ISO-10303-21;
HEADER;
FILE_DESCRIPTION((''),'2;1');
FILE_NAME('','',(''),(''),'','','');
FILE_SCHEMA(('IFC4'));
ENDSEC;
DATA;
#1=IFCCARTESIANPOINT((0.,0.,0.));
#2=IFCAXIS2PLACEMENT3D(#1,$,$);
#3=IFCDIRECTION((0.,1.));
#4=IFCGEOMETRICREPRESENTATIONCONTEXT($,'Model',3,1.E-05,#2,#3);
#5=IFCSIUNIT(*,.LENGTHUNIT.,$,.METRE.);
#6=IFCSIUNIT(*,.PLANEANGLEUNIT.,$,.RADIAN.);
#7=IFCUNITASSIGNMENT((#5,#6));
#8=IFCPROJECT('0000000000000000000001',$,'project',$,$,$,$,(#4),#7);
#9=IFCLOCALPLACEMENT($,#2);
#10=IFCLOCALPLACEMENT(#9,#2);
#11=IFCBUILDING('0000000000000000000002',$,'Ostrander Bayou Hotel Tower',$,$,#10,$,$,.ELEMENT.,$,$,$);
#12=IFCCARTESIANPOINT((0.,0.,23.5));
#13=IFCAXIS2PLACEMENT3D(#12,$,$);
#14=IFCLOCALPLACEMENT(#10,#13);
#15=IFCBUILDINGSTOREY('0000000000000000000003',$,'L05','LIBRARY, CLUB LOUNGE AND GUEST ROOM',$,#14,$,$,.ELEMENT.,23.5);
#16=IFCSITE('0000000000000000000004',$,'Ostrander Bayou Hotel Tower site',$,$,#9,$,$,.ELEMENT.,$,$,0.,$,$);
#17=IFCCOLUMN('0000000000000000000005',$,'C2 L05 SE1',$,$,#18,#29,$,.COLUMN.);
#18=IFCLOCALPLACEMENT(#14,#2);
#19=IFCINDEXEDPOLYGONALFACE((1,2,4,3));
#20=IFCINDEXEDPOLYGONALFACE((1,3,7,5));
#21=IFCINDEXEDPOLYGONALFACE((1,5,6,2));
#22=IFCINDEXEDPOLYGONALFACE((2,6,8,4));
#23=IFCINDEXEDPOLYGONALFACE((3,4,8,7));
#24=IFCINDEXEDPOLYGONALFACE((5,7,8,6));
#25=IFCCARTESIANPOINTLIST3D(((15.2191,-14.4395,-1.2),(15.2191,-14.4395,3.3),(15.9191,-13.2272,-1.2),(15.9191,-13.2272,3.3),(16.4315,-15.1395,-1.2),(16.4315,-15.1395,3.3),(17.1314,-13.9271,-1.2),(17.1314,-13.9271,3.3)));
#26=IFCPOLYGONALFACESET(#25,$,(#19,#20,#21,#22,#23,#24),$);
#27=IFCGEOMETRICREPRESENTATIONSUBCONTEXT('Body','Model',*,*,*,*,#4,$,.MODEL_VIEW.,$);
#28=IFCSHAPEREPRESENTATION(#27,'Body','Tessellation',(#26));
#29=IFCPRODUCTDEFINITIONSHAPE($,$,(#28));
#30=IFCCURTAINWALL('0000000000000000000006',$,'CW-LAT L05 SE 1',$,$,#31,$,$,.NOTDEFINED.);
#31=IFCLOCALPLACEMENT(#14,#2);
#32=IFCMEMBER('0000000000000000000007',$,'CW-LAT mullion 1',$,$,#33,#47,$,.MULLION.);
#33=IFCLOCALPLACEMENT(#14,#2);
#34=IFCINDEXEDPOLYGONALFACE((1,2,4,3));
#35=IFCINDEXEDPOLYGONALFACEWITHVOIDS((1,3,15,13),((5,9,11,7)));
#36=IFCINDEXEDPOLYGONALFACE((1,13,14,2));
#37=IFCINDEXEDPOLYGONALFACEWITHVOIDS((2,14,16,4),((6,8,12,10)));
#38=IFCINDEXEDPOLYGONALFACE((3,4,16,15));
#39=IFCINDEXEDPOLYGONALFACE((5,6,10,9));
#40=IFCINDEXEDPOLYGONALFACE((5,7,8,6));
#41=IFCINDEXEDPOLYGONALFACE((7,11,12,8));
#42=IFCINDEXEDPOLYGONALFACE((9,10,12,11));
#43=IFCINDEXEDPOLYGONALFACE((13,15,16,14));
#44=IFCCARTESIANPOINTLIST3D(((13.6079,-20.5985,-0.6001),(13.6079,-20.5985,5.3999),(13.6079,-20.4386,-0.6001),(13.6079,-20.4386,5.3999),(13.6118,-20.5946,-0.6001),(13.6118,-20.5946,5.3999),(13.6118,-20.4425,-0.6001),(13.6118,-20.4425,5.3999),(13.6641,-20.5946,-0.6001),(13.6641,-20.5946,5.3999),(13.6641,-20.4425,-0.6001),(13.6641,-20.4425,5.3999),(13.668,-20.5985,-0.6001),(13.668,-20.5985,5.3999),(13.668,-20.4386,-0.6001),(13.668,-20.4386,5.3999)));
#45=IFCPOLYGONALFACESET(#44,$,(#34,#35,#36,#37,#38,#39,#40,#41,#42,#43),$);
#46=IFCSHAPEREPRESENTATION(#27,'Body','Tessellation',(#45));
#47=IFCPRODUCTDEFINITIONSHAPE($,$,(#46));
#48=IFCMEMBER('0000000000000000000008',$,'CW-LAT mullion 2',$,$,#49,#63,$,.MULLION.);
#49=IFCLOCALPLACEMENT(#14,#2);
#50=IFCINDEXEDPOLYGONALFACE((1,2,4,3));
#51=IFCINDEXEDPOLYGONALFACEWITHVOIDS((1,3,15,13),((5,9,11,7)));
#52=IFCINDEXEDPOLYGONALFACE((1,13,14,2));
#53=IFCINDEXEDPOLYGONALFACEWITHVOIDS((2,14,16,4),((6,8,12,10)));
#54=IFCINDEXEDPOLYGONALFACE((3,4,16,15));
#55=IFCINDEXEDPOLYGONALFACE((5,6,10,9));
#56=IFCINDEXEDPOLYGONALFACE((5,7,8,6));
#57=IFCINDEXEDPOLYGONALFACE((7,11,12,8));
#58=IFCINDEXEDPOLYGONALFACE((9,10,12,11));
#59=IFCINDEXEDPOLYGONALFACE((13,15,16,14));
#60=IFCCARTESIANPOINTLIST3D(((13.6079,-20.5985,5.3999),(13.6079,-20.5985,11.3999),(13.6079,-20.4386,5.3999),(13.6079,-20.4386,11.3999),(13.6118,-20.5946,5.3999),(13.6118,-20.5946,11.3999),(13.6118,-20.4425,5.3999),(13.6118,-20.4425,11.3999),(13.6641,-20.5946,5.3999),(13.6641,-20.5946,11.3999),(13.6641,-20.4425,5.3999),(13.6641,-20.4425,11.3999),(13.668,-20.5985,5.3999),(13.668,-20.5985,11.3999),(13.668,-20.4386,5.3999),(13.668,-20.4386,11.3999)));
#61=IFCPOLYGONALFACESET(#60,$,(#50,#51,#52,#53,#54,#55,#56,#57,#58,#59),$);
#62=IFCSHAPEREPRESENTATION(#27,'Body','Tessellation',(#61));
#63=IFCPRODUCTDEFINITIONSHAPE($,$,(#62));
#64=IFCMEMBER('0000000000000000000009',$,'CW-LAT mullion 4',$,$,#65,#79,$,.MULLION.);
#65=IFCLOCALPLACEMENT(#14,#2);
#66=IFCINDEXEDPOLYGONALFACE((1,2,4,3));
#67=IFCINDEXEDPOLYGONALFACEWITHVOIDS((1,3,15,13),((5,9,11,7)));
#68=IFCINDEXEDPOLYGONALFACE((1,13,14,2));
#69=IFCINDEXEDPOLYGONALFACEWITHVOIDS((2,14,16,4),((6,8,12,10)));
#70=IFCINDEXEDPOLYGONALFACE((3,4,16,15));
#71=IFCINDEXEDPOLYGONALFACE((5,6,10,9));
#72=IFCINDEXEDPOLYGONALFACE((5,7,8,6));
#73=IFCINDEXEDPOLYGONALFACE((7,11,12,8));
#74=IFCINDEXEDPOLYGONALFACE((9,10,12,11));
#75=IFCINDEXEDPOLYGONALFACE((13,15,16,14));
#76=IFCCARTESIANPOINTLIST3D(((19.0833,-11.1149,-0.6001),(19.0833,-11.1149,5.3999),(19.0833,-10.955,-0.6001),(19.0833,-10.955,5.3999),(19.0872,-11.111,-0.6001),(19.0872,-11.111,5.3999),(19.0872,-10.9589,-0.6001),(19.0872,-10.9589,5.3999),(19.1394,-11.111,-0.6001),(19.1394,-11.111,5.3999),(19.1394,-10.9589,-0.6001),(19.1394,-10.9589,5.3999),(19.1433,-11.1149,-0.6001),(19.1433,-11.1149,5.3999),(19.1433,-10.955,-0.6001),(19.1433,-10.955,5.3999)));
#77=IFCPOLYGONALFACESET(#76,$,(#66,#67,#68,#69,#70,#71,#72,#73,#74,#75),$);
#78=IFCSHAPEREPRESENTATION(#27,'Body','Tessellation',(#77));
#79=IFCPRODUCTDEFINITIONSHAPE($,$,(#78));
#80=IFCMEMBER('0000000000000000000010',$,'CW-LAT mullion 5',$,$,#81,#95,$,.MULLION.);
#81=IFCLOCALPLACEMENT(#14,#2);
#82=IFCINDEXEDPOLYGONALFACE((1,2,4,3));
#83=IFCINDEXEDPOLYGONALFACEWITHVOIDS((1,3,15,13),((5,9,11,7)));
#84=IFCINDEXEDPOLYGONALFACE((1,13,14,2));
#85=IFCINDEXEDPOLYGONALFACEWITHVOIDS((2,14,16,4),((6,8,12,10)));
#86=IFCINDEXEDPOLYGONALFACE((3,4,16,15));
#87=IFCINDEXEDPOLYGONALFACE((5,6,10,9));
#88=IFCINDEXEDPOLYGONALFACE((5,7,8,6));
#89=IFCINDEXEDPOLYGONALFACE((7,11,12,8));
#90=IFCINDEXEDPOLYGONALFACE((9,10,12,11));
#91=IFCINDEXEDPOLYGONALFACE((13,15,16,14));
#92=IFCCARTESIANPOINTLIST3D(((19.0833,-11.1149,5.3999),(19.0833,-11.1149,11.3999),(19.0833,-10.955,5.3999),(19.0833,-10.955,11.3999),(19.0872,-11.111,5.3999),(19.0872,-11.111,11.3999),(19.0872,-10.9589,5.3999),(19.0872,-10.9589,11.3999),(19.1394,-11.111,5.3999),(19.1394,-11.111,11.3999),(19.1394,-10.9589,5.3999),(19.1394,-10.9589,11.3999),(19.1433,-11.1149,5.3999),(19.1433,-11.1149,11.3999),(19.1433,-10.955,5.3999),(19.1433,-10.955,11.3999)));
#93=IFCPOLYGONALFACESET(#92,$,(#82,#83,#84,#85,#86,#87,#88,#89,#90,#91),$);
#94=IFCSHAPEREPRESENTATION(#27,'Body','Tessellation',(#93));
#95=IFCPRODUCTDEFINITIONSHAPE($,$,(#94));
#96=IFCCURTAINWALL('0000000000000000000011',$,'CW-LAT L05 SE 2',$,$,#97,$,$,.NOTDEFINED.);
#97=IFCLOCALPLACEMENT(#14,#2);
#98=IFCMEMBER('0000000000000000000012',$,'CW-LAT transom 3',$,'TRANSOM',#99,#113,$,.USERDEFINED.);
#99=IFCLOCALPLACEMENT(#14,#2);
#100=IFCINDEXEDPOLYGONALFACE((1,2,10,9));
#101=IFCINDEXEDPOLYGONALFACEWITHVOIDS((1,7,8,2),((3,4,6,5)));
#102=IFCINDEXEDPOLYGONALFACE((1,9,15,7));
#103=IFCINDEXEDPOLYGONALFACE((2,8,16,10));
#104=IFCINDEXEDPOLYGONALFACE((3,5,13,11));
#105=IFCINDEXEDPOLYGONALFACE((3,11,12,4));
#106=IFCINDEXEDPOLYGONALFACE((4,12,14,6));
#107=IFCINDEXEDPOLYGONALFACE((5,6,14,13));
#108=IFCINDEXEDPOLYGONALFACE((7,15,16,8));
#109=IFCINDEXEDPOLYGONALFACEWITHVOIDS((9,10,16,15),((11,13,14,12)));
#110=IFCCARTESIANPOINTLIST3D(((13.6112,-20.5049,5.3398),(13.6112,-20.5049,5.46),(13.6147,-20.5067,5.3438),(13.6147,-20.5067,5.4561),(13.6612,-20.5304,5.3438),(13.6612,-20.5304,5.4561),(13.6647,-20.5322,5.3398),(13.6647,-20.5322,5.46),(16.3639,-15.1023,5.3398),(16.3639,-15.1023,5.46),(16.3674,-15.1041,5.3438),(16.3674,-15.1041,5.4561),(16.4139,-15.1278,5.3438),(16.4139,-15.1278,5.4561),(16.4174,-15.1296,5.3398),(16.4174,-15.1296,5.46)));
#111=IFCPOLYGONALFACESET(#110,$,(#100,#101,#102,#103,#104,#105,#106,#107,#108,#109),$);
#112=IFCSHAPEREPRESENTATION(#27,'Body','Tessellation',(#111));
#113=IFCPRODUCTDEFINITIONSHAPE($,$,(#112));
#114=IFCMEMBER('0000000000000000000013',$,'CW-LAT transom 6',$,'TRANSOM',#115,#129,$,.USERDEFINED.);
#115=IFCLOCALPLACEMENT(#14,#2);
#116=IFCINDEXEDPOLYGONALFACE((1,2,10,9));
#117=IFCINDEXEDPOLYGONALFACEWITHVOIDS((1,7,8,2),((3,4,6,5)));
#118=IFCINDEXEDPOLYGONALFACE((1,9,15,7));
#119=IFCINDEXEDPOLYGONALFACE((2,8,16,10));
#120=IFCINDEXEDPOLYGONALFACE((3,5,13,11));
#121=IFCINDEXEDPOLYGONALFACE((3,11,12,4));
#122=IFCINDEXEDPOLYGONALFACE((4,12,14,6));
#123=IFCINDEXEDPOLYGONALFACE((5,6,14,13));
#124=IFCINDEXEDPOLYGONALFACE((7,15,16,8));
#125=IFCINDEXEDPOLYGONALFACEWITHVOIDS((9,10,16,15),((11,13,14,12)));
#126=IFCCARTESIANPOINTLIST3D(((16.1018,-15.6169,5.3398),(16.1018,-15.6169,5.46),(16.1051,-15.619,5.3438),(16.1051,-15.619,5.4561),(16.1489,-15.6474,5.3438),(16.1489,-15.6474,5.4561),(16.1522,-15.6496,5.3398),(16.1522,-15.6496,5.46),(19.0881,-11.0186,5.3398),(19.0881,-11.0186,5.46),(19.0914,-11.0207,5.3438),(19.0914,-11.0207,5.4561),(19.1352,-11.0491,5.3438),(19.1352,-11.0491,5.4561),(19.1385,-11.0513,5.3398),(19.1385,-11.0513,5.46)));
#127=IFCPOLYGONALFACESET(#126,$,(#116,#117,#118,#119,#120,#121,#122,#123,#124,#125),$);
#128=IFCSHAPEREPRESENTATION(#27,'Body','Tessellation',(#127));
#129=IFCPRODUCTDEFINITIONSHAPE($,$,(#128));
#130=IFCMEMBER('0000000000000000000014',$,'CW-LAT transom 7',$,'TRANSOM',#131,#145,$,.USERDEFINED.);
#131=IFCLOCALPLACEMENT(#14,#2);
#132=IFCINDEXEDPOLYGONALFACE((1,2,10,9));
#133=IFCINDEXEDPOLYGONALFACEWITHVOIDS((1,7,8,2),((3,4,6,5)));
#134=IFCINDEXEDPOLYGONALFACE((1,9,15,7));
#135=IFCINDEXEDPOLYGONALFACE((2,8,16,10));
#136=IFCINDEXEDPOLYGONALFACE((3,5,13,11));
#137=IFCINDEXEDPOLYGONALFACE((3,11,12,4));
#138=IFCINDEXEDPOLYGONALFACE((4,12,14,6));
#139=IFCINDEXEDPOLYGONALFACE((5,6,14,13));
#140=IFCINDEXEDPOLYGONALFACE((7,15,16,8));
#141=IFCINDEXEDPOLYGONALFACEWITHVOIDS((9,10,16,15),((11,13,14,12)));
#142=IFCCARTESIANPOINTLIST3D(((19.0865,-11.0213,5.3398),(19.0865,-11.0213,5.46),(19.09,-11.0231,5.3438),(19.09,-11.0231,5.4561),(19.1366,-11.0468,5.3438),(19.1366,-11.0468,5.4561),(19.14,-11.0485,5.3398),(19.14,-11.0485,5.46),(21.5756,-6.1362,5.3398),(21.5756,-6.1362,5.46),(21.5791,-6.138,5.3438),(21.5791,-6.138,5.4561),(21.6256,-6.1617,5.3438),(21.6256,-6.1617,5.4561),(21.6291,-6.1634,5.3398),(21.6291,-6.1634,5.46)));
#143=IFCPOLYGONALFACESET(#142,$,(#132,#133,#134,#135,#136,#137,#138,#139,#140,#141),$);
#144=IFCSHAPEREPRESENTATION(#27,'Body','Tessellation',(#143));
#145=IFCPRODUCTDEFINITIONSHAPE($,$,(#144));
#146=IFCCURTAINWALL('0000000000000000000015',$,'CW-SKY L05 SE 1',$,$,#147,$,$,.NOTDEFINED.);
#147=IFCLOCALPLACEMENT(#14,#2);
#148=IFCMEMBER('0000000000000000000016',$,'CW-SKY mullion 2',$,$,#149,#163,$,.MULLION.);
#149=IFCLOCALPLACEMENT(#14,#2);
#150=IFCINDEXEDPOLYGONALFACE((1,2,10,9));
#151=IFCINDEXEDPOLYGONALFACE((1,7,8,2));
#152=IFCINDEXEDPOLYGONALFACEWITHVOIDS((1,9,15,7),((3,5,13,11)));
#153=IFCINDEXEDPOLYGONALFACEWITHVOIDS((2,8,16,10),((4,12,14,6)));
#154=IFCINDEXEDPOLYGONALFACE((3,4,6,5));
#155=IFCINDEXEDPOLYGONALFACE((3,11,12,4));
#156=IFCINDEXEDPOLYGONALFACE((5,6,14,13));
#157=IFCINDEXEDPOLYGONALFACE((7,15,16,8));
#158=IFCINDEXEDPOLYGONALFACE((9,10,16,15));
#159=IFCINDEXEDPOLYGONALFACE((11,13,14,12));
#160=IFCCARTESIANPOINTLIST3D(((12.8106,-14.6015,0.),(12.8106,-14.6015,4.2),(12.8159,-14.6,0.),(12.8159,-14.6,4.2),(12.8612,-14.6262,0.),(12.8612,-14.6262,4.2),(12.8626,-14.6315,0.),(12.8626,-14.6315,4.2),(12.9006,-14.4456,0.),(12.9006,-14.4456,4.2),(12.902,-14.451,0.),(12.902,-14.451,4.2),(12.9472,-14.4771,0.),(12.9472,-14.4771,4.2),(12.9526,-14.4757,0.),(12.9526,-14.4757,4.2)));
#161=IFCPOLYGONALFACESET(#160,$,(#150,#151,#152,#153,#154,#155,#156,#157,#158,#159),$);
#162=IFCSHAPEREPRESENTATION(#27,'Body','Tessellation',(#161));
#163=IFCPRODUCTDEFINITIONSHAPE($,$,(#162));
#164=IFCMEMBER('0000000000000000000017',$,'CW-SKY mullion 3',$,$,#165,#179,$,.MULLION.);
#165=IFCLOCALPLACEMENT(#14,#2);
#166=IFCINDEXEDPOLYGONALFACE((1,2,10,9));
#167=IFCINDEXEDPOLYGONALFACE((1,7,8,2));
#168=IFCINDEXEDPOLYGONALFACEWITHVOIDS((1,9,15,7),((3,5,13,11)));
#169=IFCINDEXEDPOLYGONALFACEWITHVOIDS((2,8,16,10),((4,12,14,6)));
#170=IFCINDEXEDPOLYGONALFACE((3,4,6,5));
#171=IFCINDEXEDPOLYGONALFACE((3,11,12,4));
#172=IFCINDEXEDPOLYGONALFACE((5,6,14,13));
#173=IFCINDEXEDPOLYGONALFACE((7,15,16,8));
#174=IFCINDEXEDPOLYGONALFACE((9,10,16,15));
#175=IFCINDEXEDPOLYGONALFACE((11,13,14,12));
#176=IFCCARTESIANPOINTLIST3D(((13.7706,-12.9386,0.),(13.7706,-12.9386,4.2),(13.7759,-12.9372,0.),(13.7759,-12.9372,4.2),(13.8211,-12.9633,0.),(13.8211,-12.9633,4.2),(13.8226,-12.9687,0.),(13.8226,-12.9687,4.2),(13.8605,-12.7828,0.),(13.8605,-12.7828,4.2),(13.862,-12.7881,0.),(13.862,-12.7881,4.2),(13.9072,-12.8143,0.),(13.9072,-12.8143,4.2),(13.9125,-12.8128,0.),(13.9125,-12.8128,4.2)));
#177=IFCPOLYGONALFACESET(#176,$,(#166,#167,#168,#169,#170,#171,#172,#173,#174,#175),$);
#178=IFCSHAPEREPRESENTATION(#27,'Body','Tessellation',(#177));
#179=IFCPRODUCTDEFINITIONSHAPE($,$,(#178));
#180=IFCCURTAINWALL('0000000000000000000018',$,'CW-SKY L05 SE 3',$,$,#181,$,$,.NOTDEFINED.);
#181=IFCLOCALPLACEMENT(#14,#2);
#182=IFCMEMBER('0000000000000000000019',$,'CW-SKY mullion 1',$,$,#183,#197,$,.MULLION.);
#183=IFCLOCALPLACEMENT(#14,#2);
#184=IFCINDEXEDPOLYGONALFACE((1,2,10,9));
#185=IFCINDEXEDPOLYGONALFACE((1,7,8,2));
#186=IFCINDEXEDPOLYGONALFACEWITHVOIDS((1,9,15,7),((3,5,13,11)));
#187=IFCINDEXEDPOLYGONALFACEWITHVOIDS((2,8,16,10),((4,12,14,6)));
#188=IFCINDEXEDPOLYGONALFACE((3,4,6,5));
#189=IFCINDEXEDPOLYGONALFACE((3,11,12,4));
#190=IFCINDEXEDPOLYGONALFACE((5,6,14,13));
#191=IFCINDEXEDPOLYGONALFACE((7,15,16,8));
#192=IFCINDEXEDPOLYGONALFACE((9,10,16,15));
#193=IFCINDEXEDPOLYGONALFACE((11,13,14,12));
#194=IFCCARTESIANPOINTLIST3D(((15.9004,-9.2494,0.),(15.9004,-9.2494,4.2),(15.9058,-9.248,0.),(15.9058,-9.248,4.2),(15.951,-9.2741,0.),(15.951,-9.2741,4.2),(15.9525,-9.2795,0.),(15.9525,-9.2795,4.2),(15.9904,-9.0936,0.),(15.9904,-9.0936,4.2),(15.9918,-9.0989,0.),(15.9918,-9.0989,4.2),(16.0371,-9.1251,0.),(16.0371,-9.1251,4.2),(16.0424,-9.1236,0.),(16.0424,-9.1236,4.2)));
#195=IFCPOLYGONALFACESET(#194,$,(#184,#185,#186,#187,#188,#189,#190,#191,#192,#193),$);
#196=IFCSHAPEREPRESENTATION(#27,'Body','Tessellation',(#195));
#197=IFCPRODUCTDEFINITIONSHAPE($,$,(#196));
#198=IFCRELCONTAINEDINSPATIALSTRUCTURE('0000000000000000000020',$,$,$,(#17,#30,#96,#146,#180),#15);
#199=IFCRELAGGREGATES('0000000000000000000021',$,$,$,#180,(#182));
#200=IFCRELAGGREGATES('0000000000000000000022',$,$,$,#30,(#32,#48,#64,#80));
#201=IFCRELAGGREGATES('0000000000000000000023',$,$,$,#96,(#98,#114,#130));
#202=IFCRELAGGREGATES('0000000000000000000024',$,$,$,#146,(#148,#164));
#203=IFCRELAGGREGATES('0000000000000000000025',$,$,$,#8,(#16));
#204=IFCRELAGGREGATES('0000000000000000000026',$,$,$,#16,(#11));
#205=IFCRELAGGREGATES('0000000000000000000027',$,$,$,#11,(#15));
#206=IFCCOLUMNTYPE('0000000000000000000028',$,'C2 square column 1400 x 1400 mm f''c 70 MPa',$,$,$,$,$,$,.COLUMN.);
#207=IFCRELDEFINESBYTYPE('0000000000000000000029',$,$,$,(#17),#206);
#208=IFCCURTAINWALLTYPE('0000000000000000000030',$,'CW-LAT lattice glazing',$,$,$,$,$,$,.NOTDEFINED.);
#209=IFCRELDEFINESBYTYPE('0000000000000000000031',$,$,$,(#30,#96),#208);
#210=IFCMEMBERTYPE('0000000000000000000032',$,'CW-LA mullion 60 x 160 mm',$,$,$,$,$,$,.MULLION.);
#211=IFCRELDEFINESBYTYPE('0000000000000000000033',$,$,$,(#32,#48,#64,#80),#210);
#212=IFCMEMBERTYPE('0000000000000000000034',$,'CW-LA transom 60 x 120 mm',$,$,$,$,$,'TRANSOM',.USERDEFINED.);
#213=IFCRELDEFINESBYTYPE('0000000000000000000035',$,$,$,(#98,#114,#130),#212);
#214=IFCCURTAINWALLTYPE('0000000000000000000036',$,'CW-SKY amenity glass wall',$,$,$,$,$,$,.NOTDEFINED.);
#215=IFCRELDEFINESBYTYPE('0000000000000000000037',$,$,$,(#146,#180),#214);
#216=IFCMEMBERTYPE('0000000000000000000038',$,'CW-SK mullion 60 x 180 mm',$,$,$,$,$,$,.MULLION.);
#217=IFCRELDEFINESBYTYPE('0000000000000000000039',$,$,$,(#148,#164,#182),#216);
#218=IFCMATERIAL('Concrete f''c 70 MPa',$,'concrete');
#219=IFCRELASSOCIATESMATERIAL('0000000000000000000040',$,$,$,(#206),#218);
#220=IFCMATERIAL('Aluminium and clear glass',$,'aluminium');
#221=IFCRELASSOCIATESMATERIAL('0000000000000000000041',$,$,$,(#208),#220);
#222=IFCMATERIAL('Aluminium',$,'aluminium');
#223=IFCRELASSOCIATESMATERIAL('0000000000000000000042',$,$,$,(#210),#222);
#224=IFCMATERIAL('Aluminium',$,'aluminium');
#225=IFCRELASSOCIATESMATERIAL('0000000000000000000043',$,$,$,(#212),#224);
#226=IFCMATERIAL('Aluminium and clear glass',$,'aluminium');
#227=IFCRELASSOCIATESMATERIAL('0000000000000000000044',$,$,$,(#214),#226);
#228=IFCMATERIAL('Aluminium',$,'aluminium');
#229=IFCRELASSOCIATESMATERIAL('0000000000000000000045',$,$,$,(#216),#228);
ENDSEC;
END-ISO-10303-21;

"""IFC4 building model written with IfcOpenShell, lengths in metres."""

from ifc_helpers import new_model, si_unit, direction, frame, origin, origin_2d, place, context, subcontext, project, spatial, rectangle, hollow_rectangle, extrude, material, material_profile, profile_set, type_object, element, aggregate, save


model = new_model("IFC4")

# Units and contexts
model_context = context("Model", 3, precision=1e-05, world=origin(), true_north=direction((0.0, 1.0)))
body_context = subcontext(model_context, "Body", "Model", "MODEL_VIEW")
ifc_project = project(units=[si_unit("LENGTHUNIT", "METRE"), si_unit("PLANEANGLEUNIT", "RADIAN")], contexts=[model_context])

# Site, building, storey
site_placement = place(None, origin())
site = spatial("IfcSite", under=ifc_project, at=site_placement, Name="Ostrander Bayou Hotel Tower site", CompositionType="ELEMENT", RefElevation=0.0)
building_placement = place(site_placement, origin())
building = spatial("IfcBuilding", under=site, at=building_placement, Name="Ostrander Bayou Hotel Tower", CompositionType="ELEMENT")
storey_placement = place(building_placement, frame((0.0, 0.0, 23.5)))
storey = spatial("IfcBuildingStorey", under=building, at=storey_placement, Name="L05", Description="LIBRARY, CLUB LOUNGE AND GUEST ROOM", CompositionType="ELEMENT", Elevation=23.5)

# Column
ifc_material_1 = material(Name="Concrete f'c 70 MPa", Category="concrete")
ifc_material_profile_1 = material_profile(ifc_material_1, rectangle(XDim=1.3999, YDim=1.3999, at=origin_2d()))
ifc_profile_set_1 = profile_set([ifc_material_profile_1], Name="Concrete f'c 70 MPa")
column_type = type_object("IfcColumnType", Name="C2 square column 1400 x 1400 mm f'c 70 MPa", PredefinedType="COLUMN", material=ifc_profile_set_1)
column_placement = place(storey_placement, frame((16.1753, -14.1833, -1.2), z_axis=(0.0, 0.0, 1.0), x_axis=(-0.5, -0.866025, 0.0)))
element("IfcColumn", 1, at=column_placement, inside=storey, type_object=column_type, Name="C2 L05 SE1", PredefinedType="COLUMN", context=body_context, shape_type="SweptSolid", body=[
    extrude(rectangle(XDim=1.3999, YDim=1.3999, at=origin_2d()), origin(), (0.0, 0.0, 1.0), 4.5),
])

# Curtain walls, members
ifc_material_2 = material(Name="Aluminium and clear glass", Category="aluminium")
curtain_wall_type_1 = type_object("IfcCurtainWallType", Name="CW-LAT lattice glazing", PredefinedType="NOTDEFINED", material=ifc_material_2)
curtain_wall_1_placement = place(storey_placement, origin())
curtain_wall_1 = element("IfcCurtainWall", 2, at=curtain_wall_1_placement, inside=storey, type_object=curtain_wall_type_1, Name="CW-LAT L05 SE 1", PredefinedType="NOTDEFINED")
ifc_material_3 = material(Name="Aluminium", Category="aluminium")
ifc_material_profile_2 = material_profile(ifc_material_3, hollow_rectangle(XDim=0.0601, YDim=0.1599, WallThickness=0.0039, at=origin_2d()))
ifc_profile_set_2 = profile_set([ifc_material_profile_2], Name="Aluminium")
member_type_1 = type_object("IfcMemberType", Name="CW-LA mullion 60 x 160 mm", PredefinedType="MULLION", material=ifc_profile_set_2)
member_1_placement = place(storey_placement, frame((13.6379, -20.5186, -0.6001), z_axis=(0.0, 0.0, 1.0), x_axis=(1.0, 0.0, 0.0)))
member_1 = element("IfcMember", 3, at=member_1_placement, type_object=member_type_1, Name="CW-LAT mullion 1", PredefinedType="MULLION", context=body_context, shape_type="SweptSolid", body=[
    extrude(hollow_rectangle(XDim=0.0601, YDim=0.1599, WallThickness=0.0039, at=origin_2d()), origin(), (0.0, 0.0, 1.0), 6.0),
])
member_2_placement = place(storey_placement, frame((13.6379, -20.5186, 5.3999), z_axis=(0.0, 0.0, 1.0), x_axis=(1.0, 0.0, 0.0)))
member_2 = element("IfcMember", 4, at=member_2_placement, type_object=member_type_1, Name="CW-LAT mullion 2", PredefinedType="MULLION", context=body_context, shape_type="SweptSolid", body=[
    extrude(hollow_rectangle(XDim=0.0601, YDim=0.1599, WallThickness=0.0039, at=origin_2d()), origin(), (0.0, 0.0, 1.0), 6.0),
])
member_3_placement = place(storey_placement, frame((19.1133, -11.0349, -0.6001), z_axis=(0.0, 0.0, 1.0), x_axis=(1.0, 0.0, 0.0)))
member_3 = element("IfcMember", 5, at=member_3_placement, type_object=member_type_1, Name="CW-LAT mullion 4", PredefinedType="MULLION", context=body_context, shape_type="SweptSolid", body=[
    extrude(hollow_rectangle(XDim=0.0601, YDim=0.1599, WallThickness=0.0039, at=origin_2d()), origin(), (0.0, 0.0, 1.0), 6.0),
])
member_4_placement = place(storey_placement, frame((19.1133, -11.0349, 5.3999), z_axis=(0.0, 0.0, 1.0), x_axis=(1.0, 0.0, 0.0)))
member_4 = element("IfcMember", 6, at=member_4_placement, type_object=member_type_1, Name="CW-LAT mullion 5", PredefinedType="MULLION", context=body_context, shape_type="SweptSolid", body=[
    extrude(hollow_rectangle(XDim=0.0601, YDim=0.1599, WallThickness=0.0039, at=origin_2d()), origin(), (0.0, 0.0, 1.0), 6.0),
])
curtain_wall_2_placement = place(storey_placement, origin())
curtain_wall_2 = element("IfcCurtainWall", 7, at=curtain_wall_2_placement, inside=storey, type_object=curtain_wall_type_1, Name="CW-LAT L05 SE 2", PredefinedType="NOTDEFINED")
ifc_material_4 = material(Name="Aluminium", Category="aluminium")
ifc_material_profile_3 = material_profile(ifc_material_4, hollow_rectangle(XDim=0.0601, YDim=0.1201, WallThickness=0.0039, at=origin_2d()))
ifc_profile_set_3 = profile_set([ifc_material_profile_3], Name="Aluminium")
member_type_2 = type_object("IfcMemberType", Name="CW-LA transom 60 x 120 mm", ElementType="TRANSOM", PredefinedType="USERDEFINED", material=ifc_profile_set_3)
member_5_placement = place(storey_placement, frame((13.6379, -20.5186, 5.3999), z_axis=(0.453981, 0.891011, 0.0), x_axis=(-0.891011, 0.453981, 0.0)))
member_5 = element("IfcMember", 8, at=member_5_placement, type_object=member_type_2, Name="CW-LAT transom 3", ObjectType="TRANSOM", PredefinedType="USERDEFINED", context=body_context, shape_type="SweptSolid", body=[
    extrude(hollow_rectangle(XDim=0.0601, YDim=0.1201, WallThickness=0.0039, at=origin_2d()), origin(), (0.0, 0.0, 1.0), 6.0635),
])
member_6_placement = place(storey_placement, frame((19.1133, -11.0349, 5.3999), z_axis=(-0.544652, -0.838662, 0.0), x_axis=(0.838662, -0.544652, 0.0)))
member_6 = element("IfcMember", 9, at=member_6_placement, type_object=member_type_2, Name="CW-LAT transom 6", ObjectType="TRANSOM", PredefinedType="USERDEFINED", context=body_context, shape_type="SweptSolid", body=[
    extrude(hollow_rectangle(XDim=0.0601, YDim=0.1201, WallThickness=0.0039, at=origin_2d()), origin(), (0.0, 0.0, 1.0), 5.4829),
])
member_7_placement = place(storey_placement, frame((19.1133, -11.0349, 5.3999), z_axis=(0.453987, 0.891008, 0.0), x_axis=(-0.891008, 0.453987, 0.0)))
member_7 = element("IfcMember", 10, at=member_7_placement, type_object=member_type_2, Name="CW-LAT transom 7", ObjectType="TRANSOM", PredefinedType="USERDEFINED", context=body_context, shape_type="SweptSolid", body=[
    extrude(hollow_rectangle(XDim=0.0601, YDim=0.1201, WallThickness=0.0039, at=origin_2d()), origin(), (0.0, 0.0, 1.0), 5.4827),
])
ifc_material_5 = material(Name="Aluminium and clear glass", Category="aluminium")
curtain_wall_type_2 = type_object("IfcCurtainWallType", Name="CW-SKY amenity glass wall", PredefinedType="NOTDEFINED", material=ifc_material_5)
curtain_wall_3_placement = place(storey_placement, origin())
curtain_wall_3 = element("IfcCurtainWall", 11, at=curtain_wall_3_placement, inside=storey, type_object=curtain_wall_type_2, Name="CW-SKY L05 SE 1", PredefinedType="NOTDEFINED")
ifc_material_6 = material(Name="Aluminium", Category="aluminium")
ifc_material_profile_4 = material_profile(ifc_material_6, hollow_rectangle(XDim=0.0601, YDim=0.1799, WallThickness=0.0039, at=origin_2d()))
ifc_profile_set_4 = profile_set([ifc_material_profile_4], Name="Aluminium")
member_type_3 = type_object("IfcMemberType", Name="CW-SK mullion 60 x 180 mm", PredefinedType="MULLION", material=ifc_profile_set_4)
member_8_placement = place(storey_placement, frame((12.8816, -14.5386, 0.0), z_axis=(0.0, 0.0, 1.0), x_axis=(-0.866025, 0.5, 0.0)))
member_8 = element("IfcMember", 12, at=member_8_placement, type_object=member_type_3, Name="CW-SKY mullion 2", PredefinedType="MULLION", context=body_context, shape_type="SweptSolid", body=[
    extrude(hollow_rectangle(XDim=0.0601, YDim=0.1799, WallThickness=0.0039, at=origin_2d()), origin(), (0.0, 0.0, 1.0), 4.2),
])
member_9_placement = place(storey_placement, frame((13.8416, -12.8757, 0.0), z_axis=(0.0, 0.0, 1.0), x_axis=(-0.866025, 0.5, 0.0)))
member_9 = element("IfcMember", 13, at=member_9_placement, type_object=member_type_3, Name="CW-SKY mullion 3", PredefinedType="MULLION", context=body_context, shape_type="SweptSolid", body=[
    extrude(hollow_rectangle(XDim=0.0601, YDim=0.1799, WallThickness=0.0039, at=origin_2d()), origin(), (0.0, 0.0, 1.0), 4.2),
])

# Curtain wall, member
curtain_wall_4_placement = place(storey_placement, origin())
curtain_wall_4 = element("IfcCurtainWall", 14, at=curtain_wall_4_placement, inside=storey, type_object=curtain_wall_type_2, Name="CW-SKY L05 SE 3", PredefinedType="NOTDEFINED")
member_10_placement = place(storey_placement, frame((15.9714, -9.1865, 0.0), z_axis=(0.0, 0.0, 1.0), x_axis=(-0.866025, 0.5, 0.0)))
member_10 = element("IfcMember", 15, at=member_10_placement, type_object=member_type_3, Name="CW-SKY mullion 1", PredefinedType="MULLION", context=body_context, shape_type="SweptSolid", body=[
    extrude(hollow_rectangle(XDim=0.0601, YDim=0.1799, WallThickness=0.0039, at=origin_2d()), origin(), (0.0, 0.0, 1.0), 4.2),
])

aggregate(curtain_wall_4, [member_10])

aggregate(curtain_wall_1, [member_1, member_2, member_3, member_4])
aggregate(curtain_wall_2, [member_5, member_6, member_7])
aggregate(curtain_wall_3, [member_8, member_9])

save(model, "model.ifc")
